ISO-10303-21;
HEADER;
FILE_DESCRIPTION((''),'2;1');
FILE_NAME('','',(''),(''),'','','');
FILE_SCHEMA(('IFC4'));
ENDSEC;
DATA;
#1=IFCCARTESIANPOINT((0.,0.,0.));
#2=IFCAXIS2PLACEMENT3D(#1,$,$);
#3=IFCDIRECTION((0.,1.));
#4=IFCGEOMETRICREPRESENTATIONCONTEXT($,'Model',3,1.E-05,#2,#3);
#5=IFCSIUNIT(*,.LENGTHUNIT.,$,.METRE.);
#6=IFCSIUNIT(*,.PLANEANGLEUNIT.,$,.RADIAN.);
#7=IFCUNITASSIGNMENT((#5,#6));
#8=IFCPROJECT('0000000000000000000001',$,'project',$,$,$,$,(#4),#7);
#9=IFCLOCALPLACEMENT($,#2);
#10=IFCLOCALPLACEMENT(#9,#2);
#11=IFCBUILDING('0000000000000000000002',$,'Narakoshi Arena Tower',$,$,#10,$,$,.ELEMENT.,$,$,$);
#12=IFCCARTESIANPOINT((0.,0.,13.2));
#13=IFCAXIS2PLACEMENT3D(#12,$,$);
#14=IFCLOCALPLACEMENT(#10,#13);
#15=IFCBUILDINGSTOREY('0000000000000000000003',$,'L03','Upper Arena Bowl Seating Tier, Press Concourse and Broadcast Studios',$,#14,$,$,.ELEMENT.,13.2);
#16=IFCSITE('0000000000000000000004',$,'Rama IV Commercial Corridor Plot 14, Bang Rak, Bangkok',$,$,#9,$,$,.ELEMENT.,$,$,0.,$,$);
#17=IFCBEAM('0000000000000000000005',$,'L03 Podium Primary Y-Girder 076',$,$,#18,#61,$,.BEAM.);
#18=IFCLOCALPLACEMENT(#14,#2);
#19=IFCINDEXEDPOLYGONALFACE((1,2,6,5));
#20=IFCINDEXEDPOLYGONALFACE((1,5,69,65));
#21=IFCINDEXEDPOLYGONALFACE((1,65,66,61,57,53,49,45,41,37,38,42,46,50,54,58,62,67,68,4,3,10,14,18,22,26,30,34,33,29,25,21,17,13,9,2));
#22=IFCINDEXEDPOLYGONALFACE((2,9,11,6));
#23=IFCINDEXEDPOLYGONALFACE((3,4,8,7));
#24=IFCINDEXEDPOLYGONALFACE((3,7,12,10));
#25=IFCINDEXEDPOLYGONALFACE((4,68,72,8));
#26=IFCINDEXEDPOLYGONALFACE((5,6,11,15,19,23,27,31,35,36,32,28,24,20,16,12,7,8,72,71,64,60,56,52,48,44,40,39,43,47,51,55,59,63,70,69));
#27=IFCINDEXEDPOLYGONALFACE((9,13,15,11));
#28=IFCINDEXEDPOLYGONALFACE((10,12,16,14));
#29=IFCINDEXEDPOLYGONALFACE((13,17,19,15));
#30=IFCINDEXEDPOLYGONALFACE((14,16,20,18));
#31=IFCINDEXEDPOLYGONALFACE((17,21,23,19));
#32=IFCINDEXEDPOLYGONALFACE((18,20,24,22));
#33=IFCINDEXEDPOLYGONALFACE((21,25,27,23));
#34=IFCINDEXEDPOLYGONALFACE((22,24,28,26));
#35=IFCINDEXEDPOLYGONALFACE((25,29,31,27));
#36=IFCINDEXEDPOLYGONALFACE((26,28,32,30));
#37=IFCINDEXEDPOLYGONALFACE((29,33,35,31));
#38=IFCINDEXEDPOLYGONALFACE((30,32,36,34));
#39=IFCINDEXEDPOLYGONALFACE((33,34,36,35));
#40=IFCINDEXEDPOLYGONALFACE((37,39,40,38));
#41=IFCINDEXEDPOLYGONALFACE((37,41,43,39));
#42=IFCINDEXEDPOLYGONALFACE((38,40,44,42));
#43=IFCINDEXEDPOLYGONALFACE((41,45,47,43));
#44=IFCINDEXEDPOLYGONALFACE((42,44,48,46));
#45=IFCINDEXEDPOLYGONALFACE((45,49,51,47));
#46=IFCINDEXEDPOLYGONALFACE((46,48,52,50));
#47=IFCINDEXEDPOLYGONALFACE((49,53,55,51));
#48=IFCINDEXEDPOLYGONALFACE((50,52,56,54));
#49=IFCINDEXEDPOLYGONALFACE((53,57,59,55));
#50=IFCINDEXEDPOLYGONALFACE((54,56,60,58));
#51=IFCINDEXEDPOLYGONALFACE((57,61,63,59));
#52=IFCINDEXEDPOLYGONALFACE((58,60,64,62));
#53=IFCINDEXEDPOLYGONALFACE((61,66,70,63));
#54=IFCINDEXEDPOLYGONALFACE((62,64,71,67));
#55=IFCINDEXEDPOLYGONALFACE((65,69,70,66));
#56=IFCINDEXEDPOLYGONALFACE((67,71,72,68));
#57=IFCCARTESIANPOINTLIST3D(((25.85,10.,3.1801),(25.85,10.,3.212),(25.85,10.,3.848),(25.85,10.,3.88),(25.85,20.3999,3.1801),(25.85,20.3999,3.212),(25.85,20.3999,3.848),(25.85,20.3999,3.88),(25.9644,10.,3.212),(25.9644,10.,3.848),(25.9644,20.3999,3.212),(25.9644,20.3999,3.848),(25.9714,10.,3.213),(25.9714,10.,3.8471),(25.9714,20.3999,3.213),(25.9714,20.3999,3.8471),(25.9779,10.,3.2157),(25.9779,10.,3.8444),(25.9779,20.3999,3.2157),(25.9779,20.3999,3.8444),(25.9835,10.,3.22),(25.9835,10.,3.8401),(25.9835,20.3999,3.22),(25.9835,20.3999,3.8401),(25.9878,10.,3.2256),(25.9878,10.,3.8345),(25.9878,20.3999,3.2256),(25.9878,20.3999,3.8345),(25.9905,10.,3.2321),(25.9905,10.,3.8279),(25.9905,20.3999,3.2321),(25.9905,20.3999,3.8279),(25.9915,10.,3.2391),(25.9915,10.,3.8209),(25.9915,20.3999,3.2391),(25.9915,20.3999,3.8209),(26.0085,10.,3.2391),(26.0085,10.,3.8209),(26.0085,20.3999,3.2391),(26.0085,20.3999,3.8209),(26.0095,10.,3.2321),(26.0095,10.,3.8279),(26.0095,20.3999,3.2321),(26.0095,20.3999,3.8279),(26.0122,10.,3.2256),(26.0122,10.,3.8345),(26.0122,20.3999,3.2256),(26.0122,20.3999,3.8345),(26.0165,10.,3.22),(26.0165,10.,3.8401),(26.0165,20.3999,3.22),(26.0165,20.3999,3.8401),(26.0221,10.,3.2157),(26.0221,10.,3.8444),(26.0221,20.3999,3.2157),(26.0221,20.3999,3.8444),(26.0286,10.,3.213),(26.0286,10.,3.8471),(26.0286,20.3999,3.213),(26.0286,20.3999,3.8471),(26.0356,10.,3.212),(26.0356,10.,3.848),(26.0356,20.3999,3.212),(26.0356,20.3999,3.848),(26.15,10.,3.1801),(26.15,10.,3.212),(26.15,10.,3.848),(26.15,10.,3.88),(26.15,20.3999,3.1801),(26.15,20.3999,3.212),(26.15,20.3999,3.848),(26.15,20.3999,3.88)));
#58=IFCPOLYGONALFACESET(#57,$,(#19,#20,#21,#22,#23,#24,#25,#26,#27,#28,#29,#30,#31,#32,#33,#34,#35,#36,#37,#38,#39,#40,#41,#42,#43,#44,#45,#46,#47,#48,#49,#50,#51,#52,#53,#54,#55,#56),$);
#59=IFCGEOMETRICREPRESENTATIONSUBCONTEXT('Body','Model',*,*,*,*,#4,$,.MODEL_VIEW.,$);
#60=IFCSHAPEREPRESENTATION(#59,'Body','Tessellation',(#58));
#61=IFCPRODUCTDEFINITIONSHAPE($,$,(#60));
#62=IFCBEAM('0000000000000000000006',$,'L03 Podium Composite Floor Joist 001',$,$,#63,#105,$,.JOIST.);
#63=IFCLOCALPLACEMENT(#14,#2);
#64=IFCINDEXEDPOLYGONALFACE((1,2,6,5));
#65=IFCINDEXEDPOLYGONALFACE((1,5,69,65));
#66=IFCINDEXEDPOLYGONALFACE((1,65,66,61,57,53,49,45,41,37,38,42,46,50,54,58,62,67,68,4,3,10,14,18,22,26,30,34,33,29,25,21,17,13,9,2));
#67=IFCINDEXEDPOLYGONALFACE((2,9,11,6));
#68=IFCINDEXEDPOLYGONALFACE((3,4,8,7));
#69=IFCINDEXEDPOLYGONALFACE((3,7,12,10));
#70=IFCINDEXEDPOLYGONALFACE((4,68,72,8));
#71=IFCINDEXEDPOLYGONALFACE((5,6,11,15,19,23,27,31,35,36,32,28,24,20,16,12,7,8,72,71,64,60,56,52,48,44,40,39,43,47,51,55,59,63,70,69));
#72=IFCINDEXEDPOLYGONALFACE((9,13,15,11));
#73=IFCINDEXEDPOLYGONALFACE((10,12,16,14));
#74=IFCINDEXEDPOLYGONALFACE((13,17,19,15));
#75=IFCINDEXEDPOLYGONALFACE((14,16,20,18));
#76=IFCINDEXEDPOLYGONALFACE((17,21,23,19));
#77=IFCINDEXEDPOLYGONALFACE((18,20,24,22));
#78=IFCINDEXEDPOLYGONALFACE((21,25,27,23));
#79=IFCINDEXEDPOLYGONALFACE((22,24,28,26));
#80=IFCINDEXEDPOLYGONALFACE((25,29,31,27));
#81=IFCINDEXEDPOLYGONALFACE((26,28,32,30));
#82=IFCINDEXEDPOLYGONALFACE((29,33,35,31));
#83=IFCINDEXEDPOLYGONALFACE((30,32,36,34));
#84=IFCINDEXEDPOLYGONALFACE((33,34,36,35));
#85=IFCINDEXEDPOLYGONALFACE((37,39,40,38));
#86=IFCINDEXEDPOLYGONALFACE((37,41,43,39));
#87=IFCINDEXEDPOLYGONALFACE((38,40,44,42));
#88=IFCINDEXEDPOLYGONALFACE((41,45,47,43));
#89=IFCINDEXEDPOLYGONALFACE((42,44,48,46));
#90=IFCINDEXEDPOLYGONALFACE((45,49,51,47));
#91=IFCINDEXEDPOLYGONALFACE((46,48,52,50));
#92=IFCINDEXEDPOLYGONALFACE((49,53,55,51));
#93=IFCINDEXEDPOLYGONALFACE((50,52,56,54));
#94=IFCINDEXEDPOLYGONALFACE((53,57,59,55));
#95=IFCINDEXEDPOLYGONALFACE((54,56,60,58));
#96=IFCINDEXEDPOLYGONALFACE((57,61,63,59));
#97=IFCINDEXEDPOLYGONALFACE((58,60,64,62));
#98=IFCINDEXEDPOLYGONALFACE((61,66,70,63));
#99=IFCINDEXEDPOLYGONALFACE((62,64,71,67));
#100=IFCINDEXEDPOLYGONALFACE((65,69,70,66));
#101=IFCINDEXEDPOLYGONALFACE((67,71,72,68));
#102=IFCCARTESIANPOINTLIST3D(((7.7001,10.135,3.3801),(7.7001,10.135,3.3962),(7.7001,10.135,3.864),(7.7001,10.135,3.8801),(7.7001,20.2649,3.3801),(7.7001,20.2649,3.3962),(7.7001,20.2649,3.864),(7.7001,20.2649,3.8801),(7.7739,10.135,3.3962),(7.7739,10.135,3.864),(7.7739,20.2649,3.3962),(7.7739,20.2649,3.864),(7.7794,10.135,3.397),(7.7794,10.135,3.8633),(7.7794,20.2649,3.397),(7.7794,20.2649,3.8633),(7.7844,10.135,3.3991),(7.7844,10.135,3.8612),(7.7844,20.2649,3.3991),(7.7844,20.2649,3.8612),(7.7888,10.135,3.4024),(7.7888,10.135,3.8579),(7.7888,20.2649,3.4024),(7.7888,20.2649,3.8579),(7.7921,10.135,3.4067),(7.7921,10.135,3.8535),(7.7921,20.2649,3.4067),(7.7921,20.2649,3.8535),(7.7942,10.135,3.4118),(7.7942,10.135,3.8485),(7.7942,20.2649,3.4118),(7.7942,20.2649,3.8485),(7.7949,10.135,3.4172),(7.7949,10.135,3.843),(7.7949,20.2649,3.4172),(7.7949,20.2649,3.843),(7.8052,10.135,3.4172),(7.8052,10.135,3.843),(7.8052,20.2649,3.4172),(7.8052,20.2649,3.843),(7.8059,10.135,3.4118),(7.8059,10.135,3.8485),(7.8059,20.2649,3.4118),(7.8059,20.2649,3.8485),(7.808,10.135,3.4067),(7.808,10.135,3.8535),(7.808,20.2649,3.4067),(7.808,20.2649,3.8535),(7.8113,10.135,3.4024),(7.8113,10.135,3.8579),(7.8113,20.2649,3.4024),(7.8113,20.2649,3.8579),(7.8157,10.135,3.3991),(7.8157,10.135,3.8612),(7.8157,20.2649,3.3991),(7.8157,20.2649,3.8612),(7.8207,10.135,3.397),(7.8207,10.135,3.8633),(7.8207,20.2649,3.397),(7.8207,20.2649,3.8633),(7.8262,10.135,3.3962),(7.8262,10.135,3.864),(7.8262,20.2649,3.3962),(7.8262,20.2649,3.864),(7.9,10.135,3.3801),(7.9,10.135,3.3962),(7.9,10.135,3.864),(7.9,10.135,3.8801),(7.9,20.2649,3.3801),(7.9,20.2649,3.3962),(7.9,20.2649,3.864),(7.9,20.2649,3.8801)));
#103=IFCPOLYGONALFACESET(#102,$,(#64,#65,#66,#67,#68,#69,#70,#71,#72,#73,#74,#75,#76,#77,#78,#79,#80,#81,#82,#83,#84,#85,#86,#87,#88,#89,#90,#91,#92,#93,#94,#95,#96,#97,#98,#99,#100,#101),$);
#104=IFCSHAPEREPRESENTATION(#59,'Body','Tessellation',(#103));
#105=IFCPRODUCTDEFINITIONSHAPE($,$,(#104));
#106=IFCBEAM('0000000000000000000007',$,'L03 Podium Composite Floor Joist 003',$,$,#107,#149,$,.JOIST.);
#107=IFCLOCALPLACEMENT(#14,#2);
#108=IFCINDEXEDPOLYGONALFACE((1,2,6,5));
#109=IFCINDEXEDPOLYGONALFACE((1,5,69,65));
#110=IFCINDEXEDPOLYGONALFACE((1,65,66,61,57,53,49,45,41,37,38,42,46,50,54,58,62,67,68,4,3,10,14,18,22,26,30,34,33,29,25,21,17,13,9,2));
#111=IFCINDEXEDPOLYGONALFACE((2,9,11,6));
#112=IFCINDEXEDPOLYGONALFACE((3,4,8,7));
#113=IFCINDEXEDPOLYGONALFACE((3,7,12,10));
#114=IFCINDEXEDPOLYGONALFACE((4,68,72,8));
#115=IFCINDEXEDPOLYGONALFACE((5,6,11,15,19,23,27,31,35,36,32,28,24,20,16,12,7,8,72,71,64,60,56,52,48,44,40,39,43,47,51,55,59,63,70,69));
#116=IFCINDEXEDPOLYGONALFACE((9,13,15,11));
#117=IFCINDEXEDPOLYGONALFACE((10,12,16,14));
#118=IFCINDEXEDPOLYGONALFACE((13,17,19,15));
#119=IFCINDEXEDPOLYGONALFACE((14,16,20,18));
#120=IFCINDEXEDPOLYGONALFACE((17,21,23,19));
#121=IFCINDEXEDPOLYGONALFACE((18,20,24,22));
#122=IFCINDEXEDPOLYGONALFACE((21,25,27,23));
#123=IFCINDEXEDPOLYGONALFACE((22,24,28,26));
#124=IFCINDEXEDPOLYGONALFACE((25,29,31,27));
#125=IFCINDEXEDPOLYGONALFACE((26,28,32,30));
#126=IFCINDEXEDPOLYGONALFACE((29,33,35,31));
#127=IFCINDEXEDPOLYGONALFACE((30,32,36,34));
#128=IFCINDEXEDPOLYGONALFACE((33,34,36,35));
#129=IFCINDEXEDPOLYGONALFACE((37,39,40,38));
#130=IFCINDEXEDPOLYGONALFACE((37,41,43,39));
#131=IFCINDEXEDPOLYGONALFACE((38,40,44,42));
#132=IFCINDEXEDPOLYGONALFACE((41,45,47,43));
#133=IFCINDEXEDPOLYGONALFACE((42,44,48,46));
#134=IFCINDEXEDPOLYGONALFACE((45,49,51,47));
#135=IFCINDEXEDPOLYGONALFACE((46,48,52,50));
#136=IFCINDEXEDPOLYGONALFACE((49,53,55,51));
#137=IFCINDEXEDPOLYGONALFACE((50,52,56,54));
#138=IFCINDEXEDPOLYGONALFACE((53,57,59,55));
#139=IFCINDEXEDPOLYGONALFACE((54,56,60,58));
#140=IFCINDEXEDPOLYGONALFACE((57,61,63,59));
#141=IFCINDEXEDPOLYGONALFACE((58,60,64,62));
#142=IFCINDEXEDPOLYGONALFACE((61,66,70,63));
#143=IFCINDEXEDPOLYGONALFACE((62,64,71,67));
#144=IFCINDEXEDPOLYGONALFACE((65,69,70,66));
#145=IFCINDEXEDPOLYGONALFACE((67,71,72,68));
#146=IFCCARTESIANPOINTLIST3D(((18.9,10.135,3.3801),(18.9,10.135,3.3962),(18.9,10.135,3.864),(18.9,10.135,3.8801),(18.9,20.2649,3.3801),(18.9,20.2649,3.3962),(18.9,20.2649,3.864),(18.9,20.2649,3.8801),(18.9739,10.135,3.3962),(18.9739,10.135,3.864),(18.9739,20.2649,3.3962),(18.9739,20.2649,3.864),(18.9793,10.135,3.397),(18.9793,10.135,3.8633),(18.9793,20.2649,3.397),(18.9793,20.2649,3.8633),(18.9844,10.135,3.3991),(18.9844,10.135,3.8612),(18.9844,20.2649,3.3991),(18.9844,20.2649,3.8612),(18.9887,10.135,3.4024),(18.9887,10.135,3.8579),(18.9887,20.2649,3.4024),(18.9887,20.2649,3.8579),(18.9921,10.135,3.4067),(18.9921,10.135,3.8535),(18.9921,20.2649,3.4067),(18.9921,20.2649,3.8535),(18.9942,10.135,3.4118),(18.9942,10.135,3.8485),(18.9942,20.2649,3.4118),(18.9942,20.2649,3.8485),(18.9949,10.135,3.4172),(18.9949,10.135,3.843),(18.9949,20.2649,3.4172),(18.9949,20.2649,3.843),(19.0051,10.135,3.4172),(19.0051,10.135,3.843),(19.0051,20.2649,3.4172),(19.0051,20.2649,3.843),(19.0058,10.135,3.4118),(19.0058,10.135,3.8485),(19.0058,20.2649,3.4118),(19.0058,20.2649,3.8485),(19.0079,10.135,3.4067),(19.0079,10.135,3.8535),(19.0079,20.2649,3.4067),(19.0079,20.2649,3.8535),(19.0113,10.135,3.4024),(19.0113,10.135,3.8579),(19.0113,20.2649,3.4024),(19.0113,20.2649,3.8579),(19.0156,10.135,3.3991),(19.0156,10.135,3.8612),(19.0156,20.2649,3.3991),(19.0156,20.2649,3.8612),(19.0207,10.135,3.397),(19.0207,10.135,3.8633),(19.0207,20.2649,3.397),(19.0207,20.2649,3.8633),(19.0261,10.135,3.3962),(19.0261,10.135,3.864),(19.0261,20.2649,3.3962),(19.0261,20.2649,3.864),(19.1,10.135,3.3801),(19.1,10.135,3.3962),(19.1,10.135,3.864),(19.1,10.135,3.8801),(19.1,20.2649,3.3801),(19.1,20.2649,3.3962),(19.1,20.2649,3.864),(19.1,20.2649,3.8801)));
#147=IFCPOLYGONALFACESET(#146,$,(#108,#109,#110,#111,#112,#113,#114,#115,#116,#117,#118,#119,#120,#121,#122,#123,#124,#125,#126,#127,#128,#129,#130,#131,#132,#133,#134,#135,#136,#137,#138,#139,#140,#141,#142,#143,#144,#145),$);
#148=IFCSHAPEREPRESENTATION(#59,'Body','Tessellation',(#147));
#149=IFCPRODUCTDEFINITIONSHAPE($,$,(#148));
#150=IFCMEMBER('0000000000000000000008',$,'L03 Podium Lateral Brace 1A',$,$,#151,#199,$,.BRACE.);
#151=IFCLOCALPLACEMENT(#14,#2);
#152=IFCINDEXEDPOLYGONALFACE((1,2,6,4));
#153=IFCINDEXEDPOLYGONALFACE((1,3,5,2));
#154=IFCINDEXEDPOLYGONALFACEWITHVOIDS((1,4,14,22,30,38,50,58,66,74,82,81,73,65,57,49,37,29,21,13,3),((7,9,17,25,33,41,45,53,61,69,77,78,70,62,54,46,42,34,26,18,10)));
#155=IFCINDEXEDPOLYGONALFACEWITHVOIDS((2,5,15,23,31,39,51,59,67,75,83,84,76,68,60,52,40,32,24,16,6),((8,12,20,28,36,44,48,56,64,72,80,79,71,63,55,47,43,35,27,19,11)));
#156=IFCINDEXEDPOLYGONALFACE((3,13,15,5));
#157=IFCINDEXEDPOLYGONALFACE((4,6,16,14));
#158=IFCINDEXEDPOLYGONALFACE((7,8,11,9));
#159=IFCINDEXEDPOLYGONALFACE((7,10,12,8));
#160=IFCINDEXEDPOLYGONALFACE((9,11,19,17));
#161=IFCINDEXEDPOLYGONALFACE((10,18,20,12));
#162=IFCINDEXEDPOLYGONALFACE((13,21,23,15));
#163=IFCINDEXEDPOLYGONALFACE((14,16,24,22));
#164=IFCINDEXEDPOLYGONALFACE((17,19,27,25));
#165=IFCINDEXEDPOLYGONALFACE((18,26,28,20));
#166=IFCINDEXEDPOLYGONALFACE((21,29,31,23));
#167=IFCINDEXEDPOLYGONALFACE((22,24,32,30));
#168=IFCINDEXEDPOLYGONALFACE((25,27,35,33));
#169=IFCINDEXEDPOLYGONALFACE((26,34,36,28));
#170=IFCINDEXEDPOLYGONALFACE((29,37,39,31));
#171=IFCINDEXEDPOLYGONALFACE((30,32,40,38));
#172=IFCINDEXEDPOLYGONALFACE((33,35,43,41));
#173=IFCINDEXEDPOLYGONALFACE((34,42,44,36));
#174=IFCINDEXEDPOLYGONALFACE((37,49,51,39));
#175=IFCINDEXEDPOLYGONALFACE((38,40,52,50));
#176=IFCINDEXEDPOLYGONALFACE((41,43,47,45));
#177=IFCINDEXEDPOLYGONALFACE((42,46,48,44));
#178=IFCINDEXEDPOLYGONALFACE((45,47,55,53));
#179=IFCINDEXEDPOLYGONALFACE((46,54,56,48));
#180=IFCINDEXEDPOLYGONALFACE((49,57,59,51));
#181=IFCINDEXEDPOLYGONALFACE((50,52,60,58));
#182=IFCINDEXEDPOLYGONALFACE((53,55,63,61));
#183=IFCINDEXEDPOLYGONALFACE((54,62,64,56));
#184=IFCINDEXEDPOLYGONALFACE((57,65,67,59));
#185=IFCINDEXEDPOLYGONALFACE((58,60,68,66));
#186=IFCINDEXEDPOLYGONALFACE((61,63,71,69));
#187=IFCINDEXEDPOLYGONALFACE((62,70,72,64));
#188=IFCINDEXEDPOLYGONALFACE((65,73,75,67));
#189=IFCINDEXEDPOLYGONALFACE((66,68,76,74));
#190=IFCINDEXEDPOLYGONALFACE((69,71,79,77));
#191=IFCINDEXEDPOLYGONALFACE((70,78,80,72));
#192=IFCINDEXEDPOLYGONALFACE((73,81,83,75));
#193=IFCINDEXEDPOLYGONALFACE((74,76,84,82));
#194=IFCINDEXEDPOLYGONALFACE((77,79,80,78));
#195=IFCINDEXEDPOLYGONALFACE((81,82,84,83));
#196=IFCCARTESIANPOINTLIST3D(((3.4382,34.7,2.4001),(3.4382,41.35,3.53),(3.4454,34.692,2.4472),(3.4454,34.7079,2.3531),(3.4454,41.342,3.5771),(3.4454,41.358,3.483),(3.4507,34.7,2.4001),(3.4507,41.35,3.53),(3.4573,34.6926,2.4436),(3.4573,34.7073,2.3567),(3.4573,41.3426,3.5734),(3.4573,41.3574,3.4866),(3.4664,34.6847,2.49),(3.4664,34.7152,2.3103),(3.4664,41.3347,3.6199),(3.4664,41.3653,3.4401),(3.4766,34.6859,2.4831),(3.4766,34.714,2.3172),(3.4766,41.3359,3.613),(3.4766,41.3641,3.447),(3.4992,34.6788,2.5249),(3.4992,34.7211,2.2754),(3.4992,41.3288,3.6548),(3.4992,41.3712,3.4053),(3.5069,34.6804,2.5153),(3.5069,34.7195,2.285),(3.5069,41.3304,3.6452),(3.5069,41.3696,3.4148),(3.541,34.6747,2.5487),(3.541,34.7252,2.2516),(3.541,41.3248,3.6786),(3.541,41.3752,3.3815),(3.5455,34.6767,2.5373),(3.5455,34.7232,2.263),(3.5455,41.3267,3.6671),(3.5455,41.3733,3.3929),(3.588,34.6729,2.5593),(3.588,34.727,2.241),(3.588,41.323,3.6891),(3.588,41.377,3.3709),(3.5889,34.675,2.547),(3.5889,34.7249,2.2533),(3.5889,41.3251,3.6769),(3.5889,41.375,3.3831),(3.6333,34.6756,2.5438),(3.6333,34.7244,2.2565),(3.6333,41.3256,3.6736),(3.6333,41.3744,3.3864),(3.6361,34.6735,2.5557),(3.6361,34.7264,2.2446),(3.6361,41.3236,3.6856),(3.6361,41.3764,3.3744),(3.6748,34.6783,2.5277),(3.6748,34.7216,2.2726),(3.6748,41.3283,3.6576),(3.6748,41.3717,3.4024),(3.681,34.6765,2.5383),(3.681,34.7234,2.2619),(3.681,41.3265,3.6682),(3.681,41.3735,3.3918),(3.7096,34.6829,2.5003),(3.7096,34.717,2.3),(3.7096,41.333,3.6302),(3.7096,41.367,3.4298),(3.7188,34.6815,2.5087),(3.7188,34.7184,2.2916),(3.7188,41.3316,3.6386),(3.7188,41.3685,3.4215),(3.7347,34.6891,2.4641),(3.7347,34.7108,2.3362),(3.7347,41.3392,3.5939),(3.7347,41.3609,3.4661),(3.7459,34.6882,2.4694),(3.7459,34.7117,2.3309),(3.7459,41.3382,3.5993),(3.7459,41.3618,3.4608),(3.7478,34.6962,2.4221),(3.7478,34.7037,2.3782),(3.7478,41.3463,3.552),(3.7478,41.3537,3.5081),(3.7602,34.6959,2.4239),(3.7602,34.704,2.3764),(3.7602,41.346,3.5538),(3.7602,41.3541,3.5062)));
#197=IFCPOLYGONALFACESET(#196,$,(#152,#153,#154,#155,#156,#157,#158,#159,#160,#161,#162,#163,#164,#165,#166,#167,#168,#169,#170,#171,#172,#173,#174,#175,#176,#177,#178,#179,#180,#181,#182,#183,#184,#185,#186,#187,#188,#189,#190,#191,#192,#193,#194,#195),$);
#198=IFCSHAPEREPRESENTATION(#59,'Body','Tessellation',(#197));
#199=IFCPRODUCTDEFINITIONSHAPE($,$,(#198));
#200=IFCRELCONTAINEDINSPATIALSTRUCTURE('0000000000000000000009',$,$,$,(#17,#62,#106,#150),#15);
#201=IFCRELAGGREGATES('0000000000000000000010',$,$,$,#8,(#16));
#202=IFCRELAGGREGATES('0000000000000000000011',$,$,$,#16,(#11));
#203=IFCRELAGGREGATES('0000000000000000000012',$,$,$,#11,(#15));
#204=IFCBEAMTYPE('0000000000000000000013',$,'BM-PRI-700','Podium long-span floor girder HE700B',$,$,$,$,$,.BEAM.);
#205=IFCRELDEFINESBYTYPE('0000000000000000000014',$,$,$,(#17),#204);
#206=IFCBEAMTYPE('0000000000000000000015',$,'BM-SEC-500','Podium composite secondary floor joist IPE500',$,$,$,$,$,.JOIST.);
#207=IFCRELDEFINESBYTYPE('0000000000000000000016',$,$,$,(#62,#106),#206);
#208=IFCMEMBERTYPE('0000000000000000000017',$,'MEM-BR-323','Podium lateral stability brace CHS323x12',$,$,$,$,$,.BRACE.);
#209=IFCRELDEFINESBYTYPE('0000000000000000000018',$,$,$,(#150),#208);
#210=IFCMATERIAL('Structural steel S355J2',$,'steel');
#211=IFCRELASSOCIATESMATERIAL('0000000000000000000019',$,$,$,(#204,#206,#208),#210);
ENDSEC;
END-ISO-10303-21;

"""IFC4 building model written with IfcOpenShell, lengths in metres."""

from ifc_helpers import new_model, si_unit, direction, frame, origin, origin_2d, place, context, subcontext, project, spatial, hollow_circle, i_section, extrude, material, material_profile, profile_set, type_object, element, save


model = new_model("IFC4")

# Units and contexts
model_context = context("Model", 3, precision=1e-05, world=origin(), true_north=direction((0.0, 1.0)))
body_context = subcontext(model_context, "Body", "Model", "MODEL_VIEW")
ifc_project = project(units=[si_unit("LENGTHUNIT", "METRE"), si_unit("PLANEANGLEUNIT", "RADIAN")], contexts=[model_context])

# Site, building, storey
site_placement = place(None, origin())
site = spatial("IfcSite", under=ifc_project, at=site_placement, Name="Rama IV Commercial Corridor Plot 14, Bang Rak, Bangkok", CompositionType="ELEMENT", RefElevation=0.0)
building_placement = place(site_placement, origin())
building = spatial("IfcBuilding", under=site, at=building_placement, Name="Narakoshi Arena Tower", CompositionType="ELEMENT")
storey_placement = place(building_placement, frame((0.0, 0.0, 13.2)))
storey = spatial("IfcBuildingStorey", under=building, at=storey_placement, Name="L03", Description="Upper Arena Bowl Seating Tier, Press Concourse and Broadcast Studios", CompositionType="ELEMENT", Elevation=13.2)

# Beams
ifc_material_1 = material(Name="Structural steel S355J2", Category="steel")
ifc_material_profile_1 = material_profile(ifc_material_1, i_section(OverallWidth=0.3, OverallDepth=0.7, WebThickness=0.0171, FlangeThickness=0.032, FilletRadius=0.0271, at=origin_2d()), Name="HE700B")
ifc_profile_set_1 = profile_set([ifc_material_profile_1], Name="Structural steel S355J2")
beam_type_1 = type_object("IfcBeamType", Name="BM-PRI-700", Description="Podium long-span floor girder HE700B", PredefinedType="BEAM", material=ifc_profile_set_1)
for number, where, z_axis, x_axis, name in (
    (1, (26.0, 10.0, 3.53), (0.0, 1.0, 0.0), (-1.0, 0.0, 0.0), "L03 Podium Primary Y-Girder 076"),
):
    element("IfcBeam", number, at=place(storey_placement, frame(where, z_axis=z_axis, x_axis=x_axis)), inside=storey, type_object=beam_type_1, Name=name, PredefinedType="BEAM", context=body_context, shape_type="SweptSolid", body=[
        extrude(i_section(OverallWidth=0.3, OverallDepth=0.7, WebThickness=0.0171, FlangeThickness=0.032, FilletRadius=0.0271, at=origin_2d()), origin(), (0.0, 0.0, 1.0), 10.3999),
    ])
ifc_material_profile_2 = material_profile(ifc_material_1, i_section(OverallWidth=0.2, OverallDepth=0.5, WebThickness=0.0103, FlangeThickness=0.0161, FilletRadius=0.021, at=origin_2d()), Name="IPE500")
ifc_profile_set_2 = profile_set([ifc_material_profile_2], Name="Structural steel S355J2")
beam_type_2 = type_object("IfcBeamType", Name="BM-SEC-500", Description="Podium composite secondary floor joist IPE500", PredefinedType="JOIST", material=ifc_profile_set_2)
for number, where, z_axis, x_axis, name in (
    (2, (7.8, 10.135, 3.6301), (0.0, 1.0, 0.0), (-1.0, 0.0, 0.0), "L03 Podium Composite Floor Joist 001"),
    (3, (19.0, 10.135, 3.6301), (0.0, 1.0, 0.0), (-1.0, 0.0, 0.0), "L03 Podium Composite Floor Joist 003"),
):
    element("IfcBeam", number, at=place(storey_placement, frame(where, z_axis=z_axis, x_axis=x_axis)), inside=storey, type_object=beam_type_2, Name=name, PredefinedType="JOIST", context=body_context, shape_type="SweptSolid", body=[
        extrude(i_section(OverallWidth=0.2, OverallDepth=0.5, WebThickness=0.0103, FlangeThickness=0.0161, FilletRadius=0.021, at=origin_2d()), origin(), (0.0, 0.0, 1.0), 10.1299),
    ])

# Member
ifc_material_profile_3 = material_profile(ifc_material_1, hollow_circle(Radius=0.1619, WallThickness=0.0125, at=origin_2d()), Name="CHS323x12")
ifc_profile_set_3 = profile_set([ifc_material_profile_3], Name="Structural steel S355J2")
member_type = type_object("IfcMemberType", Name="MEM-BR-323", Description="Podium lateral stability brace CHS323x12", PredefinedType="BRACE", material=ifc_profile_set_3)
member_placement = place(storey_placement, frame((3.6001, 34.7, 2.4001), z_axis=(0.0, 0.985872, 0.167503), x_axis=(-1.0, 0.0, 0.0)))
element("IfcMember", 4, at=member_placement, inside=storey, type_object=member_type, Name="L03 Podium Lateral Brace 1A", PredefinedType="BRACE", context=body_context, shape_type="SweptSolid", body=[
    extrude(hollow_circle(Radius=0.1619, WallThickness=0.0125, at=origin_2d()), origin(), (0.0, 0.0, 1.0), 6.7454),
])

save(model, "model.ifc")
